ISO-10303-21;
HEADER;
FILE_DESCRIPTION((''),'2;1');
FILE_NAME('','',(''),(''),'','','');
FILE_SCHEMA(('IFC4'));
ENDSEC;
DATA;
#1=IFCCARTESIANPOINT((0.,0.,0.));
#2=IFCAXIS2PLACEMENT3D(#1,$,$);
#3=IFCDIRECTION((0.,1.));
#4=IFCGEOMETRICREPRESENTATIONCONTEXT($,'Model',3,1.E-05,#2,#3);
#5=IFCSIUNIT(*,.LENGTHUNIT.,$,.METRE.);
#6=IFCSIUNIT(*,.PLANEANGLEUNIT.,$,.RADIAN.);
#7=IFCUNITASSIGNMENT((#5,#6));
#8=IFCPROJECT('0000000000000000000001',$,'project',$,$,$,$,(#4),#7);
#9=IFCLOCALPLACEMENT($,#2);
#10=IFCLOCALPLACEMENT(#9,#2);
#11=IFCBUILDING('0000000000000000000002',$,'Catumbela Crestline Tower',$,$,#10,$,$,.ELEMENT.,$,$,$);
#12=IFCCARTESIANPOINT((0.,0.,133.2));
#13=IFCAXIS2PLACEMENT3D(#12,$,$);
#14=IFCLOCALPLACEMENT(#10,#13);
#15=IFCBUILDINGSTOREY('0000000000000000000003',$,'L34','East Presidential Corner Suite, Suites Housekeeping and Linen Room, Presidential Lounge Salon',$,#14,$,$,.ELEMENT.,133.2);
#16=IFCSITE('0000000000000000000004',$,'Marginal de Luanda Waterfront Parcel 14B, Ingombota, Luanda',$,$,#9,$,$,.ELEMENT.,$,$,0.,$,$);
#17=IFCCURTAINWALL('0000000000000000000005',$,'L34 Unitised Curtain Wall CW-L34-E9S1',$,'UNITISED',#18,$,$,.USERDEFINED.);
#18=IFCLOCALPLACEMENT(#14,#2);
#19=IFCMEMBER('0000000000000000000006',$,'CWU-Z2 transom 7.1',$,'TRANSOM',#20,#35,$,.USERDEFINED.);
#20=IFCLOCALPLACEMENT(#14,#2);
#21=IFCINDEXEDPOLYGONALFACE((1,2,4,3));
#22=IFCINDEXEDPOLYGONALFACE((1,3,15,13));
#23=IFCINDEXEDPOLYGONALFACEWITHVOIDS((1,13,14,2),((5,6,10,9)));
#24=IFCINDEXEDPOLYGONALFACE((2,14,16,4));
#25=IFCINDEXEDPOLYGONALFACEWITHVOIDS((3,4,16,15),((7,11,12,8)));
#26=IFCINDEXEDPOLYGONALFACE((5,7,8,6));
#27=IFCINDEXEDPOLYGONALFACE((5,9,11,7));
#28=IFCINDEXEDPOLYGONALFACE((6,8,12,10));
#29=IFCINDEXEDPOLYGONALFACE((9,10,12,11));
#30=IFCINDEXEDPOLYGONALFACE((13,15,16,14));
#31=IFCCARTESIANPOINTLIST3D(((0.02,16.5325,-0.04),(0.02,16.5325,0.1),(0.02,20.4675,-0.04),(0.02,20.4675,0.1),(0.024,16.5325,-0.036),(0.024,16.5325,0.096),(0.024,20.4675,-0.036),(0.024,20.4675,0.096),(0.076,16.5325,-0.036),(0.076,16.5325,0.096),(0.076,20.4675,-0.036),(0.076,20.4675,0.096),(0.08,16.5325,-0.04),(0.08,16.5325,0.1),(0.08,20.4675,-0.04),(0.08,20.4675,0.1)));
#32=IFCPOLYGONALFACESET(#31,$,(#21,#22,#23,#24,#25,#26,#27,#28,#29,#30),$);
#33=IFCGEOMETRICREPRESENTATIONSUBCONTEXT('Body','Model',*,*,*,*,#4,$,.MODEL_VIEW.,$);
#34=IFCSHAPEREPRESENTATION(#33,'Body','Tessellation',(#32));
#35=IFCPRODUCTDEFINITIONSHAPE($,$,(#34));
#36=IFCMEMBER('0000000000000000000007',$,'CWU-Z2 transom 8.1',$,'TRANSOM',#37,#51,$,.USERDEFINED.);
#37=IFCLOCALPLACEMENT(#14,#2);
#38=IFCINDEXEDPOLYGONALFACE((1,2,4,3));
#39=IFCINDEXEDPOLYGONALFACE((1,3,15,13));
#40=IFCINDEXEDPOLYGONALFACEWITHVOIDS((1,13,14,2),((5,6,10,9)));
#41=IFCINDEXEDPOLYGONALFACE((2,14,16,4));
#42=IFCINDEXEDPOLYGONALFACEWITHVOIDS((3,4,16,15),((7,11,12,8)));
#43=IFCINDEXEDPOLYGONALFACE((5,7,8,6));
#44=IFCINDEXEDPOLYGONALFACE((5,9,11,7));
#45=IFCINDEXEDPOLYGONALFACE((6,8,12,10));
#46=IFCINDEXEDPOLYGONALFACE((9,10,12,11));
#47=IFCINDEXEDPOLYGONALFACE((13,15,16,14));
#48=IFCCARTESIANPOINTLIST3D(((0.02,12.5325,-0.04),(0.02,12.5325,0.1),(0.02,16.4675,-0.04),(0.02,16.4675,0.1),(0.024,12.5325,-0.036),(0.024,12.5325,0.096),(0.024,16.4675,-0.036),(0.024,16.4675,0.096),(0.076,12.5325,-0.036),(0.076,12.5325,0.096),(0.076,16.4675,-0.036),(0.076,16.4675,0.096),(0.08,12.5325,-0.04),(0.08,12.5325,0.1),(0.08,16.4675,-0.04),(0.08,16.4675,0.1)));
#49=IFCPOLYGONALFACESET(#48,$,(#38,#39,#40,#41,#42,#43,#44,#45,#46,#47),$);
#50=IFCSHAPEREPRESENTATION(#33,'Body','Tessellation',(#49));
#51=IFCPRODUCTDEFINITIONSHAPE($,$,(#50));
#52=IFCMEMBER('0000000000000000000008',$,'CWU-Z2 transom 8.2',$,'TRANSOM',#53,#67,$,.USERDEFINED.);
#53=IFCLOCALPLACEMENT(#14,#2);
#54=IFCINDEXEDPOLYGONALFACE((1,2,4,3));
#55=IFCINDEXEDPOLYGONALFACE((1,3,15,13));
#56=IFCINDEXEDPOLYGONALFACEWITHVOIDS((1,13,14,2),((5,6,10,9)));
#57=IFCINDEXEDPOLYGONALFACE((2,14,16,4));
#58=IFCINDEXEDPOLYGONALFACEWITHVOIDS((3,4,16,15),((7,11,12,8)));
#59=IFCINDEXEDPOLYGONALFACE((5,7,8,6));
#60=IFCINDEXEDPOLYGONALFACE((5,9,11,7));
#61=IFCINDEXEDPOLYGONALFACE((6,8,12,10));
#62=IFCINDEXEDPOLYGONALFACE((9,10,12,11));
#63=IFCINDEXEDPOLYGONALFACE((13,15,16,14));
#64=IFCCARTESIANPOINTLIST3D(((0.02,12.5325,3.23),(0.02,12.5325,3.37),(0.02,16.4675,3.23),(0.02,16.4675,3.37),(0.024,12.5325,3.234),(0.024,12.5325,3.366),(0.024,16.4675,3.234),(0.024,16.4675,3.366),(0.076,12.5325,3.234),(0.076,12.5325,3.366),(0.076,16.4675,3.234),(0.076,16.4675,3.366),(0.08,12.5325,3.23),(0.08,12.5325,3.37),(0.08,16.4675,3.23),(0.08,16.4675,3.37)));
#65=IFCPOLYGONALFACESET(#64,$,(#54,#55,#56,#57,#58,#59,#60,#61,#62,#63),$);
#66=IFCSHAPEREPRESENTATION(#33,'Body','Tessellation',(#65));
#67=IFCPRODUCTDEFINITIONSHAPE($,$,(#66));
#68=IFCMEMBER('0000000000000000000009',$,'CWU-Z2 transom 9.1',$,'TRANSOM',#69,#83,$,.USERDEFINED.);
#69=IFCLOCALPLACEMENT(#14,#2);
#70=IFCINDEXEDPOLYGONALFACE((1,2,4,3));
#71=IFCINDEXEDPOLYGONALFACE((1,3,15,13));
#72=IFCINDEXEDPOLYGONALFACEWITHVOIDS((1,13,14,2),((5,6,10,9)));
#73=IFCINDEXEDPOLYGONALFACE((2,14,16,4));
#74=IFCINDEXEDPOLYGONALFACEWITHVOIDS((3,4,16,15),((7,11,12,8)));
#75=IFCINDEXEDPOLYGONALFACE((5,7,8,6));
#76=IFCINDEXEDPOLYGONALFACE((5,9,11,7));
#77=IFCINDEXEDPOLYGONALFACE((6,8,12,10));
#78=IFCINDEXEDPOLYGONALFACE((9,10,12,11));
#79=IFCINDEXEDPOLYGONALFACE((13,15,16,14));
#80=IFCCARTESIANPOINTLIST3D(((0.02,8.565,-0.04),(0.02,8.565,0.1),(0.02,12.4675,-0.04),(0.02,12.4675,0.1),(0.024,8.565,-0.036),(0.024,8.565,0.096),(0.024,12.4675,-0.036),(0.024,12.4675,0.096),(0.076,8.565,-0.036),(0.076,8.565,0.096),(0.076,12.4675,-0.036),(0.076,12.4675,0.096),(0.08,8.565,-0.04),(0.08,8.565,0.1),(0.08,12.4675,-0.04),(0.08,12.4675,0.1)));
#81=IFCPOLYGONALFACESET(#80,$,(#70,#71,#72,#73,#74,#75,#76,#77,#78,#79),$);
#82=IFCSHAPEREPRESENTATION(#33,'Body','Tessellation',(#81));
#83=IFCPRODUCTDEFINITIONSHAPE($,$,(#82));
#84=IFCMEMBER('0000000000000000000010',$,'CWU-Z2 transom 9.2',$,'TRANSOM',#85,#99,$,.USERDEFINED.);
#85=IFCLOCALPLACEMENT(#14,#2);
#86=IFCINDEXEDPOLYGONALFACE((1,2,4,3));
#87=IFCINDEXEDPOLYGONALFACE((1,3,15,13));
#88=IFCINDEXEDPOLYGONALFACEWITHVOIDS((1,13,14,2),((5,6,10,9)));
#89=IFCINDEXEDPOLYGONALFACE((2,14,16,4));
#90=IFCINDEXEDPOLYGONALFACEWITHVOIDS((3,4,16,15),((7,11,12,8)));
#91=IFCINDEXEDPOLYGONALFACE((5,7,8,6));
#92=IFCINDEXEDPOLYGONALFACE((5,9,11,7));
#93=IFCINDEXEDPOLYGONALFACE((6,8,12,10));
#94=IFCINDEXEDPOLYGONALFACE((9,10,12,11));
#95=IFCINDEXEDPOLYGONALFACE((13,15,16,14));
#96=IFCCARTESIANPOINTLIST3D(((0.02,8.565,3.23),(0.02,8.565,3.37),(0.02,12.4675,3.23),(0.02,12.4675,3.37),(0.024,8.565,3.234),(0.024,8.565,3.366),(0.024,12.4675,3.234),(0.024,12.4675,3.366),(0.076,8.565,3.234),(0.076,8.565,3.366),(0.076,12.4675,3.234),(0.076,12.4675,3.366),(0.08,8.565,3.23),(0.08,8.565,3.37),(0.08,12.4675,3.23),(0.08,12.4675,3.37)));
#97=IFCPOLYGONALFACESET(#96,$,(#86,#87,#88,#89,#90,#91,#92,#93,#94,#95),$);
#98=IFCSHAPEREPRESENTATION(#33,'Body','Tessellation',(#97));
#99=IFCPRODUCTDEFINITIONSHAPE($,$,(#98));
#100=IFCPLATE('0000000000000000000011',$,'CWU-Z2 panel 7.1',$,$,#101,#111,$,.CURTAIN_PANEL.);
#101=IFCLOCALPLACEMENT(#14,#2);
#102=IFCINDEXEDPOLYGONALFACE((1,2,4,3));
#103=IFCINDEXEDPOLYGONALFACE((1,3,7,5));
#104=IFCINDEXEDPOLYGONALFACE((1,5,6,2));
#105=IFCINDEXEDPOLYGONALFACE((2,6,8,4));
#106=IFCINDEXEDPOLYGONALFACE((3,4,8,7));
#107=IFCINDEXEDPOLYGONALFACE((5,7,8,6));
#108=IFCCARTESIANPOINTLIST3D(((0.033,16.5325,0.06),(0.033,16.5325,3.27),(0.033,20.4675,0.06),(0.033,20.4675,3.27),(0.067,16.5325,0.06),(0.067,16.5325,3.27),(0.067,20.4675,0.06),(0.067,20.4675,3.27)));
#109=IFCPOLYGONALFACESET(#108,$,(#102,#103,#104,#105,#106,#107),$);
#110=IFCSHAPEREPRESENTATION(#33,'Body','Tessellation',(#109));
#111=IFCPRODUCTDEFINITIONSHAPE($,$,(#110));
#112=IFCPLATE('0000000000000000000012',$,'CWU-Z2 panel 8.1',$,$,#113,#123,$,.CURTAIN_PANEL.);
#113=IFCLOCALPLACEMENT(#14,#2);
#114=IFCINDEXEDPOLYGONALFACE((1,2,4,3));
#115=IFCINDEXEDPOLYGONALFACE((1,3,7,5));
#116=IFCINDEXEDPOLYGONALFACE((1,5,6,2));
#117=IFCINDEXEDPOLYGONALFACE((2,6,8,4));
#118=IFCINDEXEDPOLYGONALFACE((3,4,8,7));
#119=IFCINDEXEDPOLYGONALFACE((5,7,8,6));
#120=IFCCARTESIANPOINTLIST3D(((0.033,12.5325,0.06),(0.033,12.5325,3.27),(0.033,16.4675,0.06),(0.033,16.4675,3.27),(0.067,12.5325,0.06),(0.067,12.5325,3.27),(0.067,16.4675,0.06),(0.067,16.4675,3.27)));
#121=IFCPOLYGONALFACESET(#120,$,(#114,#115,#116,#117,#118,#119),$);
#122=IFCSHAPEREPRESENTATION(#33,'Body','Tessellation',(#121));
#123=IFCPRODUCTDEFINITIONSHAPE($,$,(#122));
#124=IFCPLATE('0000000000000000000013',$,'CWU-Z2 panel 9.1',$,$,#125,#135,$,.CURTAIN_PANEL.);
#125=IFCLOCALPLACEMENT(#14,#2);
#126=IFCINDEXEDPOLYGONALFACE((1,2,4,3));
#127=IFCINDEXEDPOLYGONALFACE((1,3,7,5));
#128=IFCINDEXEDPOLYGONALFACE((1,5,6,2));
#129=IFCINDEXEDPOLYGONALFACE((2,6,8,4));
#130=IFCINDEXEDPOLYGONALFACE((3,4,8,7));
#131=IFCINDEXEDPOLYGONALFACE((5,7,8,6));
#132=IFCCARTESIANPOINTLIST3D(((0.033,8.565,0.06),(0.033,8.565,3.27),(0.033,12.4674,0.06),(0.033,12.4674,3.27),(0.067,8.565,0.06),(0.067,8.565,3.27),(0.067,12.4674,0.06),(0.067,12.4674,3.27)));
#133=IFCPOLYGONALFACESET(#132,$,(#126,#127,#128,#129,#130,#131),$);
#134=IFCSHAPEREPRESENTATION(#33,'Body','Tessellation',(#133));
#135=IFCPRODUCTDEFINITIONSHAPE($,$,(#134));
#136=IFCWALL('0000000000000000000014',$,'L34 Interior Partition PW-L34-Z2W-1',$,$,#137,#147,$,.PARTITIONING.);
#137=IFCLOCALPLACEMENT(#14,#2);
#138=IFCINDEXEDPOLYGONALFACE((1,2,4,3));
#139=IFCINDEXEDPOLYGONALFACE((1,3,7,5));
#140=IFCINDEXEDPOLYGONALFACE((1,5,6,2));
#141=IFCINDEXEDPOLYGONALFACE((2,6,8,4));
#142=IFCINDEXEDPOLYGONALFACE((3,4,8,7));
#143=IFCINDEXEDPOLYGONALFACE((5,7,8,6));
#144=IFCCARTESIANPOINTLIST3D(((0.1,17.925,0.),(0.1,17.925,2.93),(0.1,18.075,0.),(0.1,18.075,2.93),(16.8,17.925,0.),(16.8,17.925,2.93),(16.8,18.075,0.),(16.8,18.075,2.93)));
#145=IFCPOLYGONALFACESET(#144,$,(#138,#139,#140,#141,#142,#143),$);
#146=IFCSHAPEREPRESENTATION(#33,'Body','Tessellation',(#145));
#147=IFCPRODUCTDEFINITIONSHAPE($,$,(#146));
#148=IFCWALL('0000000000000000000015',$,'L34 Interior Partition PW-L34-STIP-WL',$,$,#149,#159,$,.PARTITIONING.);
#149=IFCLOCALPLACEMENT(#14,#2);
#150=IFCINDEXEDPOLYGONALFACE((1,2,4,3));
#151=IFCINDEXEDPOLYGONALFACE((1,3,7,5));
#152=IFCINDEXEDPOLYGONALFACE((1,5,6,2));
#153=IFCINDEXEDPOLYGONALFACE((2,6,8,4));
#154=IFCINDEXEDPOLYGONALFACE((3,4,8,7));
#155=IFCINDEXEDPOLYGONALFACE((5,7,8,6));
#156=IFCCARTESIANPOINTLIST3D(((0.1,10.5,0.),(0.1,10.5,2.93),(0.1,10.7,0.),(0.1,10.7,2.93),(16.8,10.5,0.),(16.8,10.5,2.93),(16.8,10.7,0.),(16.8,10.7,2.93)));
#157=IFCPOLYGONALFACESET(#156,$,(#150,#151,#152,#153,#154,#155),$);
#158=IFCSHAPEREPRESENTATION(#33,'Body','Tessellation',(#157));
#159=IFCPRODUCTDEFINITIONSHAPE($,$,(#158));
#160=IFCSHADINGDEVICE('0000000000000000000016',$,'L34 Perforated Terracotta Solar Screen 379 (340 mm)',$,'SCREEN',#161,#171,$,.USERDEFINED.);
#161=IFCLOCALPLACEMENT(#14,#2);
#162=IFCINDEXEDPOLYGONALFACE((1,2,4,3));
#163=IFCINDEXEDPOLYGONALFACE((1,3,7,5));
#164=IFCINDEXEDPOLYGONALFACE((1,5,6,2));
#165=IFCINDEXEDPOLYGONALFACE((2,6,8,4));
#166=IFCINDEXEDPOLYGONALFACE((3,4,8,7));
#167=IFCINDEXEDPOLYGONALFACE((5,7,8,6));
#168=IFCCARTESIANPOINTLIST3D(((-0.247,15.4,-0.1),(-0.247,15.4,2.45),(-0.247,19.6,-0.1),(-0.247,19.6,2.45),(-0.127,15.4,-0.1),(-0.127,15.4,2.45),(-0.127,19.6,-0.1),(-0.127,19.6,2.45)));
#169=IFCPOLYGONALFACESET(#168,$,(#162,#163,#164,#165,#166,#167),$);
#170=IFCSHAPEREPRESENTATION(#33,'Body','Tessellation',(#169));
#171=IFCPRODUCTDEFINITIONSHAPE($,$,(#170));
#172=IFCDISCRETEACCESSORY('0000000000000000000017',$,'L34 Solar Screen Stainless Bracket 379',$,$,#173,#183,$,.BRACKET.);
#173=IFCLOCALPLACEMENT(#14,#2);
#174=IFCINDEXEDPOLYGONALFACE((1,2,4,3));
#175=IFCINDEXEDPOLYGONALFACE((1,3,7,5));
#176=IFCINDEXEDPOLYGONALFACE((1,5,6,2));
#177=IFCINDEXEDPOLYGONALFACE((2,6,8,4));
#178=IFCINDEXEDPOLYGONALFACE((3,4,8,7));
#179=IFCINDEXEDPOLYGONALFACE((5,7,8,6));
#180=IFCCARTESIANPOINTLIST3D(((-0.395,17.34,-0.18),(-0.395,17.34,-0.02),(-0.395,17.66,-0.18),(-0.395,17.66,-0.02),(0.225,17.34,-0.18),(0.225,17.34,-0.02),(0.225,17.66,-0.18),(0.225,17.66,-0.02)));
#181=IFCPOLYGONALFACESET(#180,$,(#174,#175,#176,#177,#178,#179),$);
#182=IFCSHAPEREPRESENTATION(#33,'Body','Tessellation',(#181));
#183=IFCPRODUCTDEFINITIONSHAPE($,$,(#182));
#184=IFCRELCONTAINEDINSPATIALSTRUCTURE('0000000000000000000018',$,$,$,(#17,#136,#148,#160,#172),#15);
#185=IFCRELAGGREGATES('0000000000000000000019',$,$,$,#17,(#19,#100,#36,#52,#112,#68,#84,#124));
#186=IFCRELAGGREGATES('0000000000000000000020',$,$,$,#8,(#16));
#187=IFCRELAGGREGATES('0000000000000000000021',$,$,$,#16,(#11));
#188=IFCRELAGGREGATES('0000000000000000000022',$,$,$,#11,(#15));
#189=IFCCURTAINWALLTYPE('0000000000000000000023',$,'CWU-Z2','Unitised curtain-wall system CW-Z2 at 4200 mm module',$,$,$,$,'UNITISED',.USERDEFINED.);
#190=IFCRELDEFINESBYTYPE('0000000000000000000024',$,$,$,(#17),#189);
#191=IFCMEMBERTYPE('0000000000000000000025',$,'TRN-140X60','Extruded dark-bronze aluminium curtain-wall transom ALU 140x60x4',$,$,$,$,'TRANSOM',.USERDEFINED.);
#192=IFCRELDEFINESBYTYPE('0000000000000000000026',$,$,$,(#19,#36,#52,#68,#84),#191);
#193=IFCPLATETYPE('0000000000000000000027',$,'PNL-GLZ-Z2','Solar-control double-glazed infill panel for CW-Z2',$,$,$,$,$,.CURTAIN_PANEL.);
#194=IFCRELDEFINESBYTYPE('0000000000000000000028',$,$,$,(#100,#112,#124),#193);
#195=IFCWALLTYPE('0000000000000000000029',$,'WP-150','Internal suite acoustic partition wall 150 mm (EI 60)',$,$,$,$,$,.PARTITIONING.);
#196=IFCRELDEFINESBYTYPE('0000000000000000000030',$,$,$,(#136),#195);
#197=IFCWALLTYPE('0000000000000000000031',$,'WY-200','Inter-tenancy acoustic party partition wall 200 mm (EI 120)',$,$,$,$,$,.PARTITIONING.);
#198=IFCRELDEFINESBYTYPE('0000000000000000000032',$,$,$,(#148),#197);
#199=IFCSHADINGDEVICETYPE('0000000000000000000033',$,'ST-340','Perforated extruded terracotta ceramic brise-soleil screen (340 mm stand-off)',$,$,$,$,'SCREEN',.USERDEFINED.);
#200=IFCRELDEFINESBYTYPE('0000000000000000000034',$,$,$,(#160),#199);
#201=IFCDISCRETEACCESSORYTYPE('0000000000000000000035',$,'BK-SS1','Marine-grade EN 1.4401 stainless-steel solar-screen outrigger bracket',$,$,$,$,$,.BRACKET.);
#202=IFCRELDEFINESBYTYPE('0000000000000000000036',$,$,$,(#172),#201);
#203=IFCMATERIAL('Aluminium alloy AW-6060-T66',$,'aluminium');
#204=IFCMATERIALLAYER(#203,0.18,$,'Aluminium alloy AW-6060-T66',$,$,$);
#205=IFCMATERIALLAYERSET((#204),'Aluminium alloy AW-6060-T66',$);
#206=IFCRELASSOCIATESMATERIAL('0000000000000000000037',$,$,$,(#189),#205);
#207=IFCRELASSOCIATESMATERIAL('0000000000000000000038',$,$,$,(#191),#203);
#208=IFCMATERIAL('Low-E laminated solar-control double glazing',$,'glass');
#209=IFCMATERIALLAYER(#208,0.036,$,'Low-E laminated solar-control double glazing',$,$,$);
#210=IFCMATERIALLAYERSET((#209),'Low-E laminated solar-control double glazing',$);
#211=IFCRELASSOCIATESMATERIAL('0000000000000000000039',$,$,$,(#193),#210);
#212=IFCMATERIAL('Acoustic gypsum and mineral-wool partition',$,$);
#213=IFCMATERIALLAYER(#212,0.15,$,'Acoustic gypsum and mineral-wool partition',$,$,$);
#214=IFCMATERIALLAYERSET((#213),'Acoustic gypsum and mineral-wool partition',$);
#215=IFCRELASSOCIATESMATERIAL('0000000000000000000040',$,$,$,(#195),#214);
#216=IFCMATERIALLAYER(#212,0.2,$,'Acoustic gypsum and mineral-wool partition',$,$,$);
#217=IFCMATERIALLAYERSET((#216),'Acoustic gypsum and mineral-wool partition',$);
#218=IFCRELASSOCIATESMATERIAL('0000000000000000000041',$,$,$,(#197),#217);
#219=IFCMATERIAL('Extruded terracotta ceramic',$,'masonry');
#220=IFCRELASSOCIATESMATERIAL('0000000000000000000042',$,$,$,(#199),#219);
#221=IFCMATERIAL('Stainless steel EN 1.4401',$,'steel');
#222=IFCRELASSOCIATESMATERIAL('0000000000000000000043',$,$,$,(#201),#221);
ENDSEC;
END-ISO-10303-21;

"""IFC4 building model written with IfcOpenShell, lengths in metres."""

from ifc_helpers import new_model, si_unit, direction, frame, frame_2d, origin, origin_2d, place, context, subcontext, project, spatial, rectangle, hollow_rectangle, extrude, material, layer, layer_set, material_profile, profile_set, type_object, element, aggregate, save


model = new_model("IFC4")

# Units and contexts
model_context = context("Model", 3, precision=1e-05, world=origin(), true_north=direction((0.0, 1.0)))
body_context = subcontext(model_context, "Body", "Model", "MODEL_VIEW")
ifc_project = project(units=[si_unit("LENGTHUNIT", "METRE"), si_unit("PLANEANGLEUNIT", "RADIAN")], contexts=[model_context])

# Site, building, storey
site_placement = place(None, origin())
site = spatial("IfcSite", under=ifc_project, at=site_placement, Name="Marginal de Luanda Waterfront Parcel 14B, Ingombota, Luanda", CompositionType="ELEMENT", RefElevation=0.0)
building_placement = place(site_placement, origin())
building = spatial("IfcBuilding", under=site, at=building_placement, Name="Catumbela Crestline Tower", CompositionType="ELEMENT")
storey_placement = place(building_placement, frame((0.0, 0.0, 133.2)))
storey = spatial("IfcBuildingStorey", under=building, at=storey_placement, Name="L34", Description="East Presidential Corner Suite, Suites Housekeeping and Linen Room, Presidential Lounge Salon", CompositionType="ELEMENT", Elevation=133.2)

# Curtain wall
ifc_material_1 = material(Name="Aluminium alloy AW-6060-T66", Category="aluminium")
ifc_layer_1 = layer(ifc_material_1, 0.18, Name="Aluminium alloy AW-6060-T66")
ifc_layer_set_1 = layer_set([ifc_layer_1], Name="Aluminium alloy AW-6060-T66")
curtain_wall_type = type_object("IfcCurtainWallType", Name="CWU-Z2", Description="Unitised curtain-wall system CW-Z2 at 4200 mm module", ElementType="UNITISED", PredefinedType="USERDEFINED", material=ifc_layer_set_1)
curtain_wall_placement = place(storey_placement, origin())
curtain_wall = element("IfcCurtainWall", 1, at=curtain_wall_placement, inside=storey, type_object=curtain_wall_type, Name="L34 Unitised Curtain Wall CW-L34-E9S1", ObjectType="UNITISED", PredefinedType="USERDEFINED")

# Members
ifc_material_profile_1 = material_profile(ifc_material_1, hollow_rectangle(XDim=0.06, YDim=0.14, WallThickness=0.004, at=origin_2d()), Name="ALU 140x60x4")
ifc_profile_set_1 = profile_set([ifc_material_profile_1], Name="Aluminium alloy AW-6060-T66")
member_type_1 = type_object("IfcMemberType", Name="TRN-140X60", Description="Extruded dark-bronze aluminium curtain-wall transom ALU 140x60x4", ElementType="TRANSOM", PredefinedType="USERDEFINED", material=ifc_profile_set_1)
member_1_placement = place(storey_placement, frame((0.05, 20.4675, 0.03), z_axis=(0.0, -1.0, 0.0), x_axis=(1.0, 0.0, 0.0)))
member_1 = element("IfcMember", 2, at=member_1_placement, type_object=member_type_1, Name="CWU-Z2 transom 7.1", ObjectType="TRANSOM", PredefinedType="USERDEFINED", context=body_context, shape_type="SweptSolid", body=[
    extrude(hollow_rectangle(XDim=0.06, YDim=0.14, WallThickness=0.004, at=origin_2d()), origin(), (0.0, 0.0, 1.0), 3.935),
])
member_2_placement = place(storey_placement, frame((0.05, 16.4675, 0.03), z_axis=(0.0, -1.0, 0.0), x_axis=(1.0, 0.0, 0.0)))
member_2 = element("IfcMember", 3, at=member_2_placement, type_object=member_type_1, Name="CWU-Z2 transom 8.1", ObjectType="TRANSOM", PredefinedType="USERDEFINED", context=body_context, shape_type="SweptSolid", body=[
    extrude(hollow_rectangle(XDim=0.06, YDim=0.14, WallThickness=0.004, at=origin_2d()), origin(), (0.0, 0.0, 1.0), 3.935),
])
member_3_placement = place(storey_placement, frame((0.05, 16.4675, 3.3), z_axis=(0.0, -1.0, 0.0), x_axis=(1.0, 0.0, 0.0)))
member_3 = element("IfcMember", 4, at=member_3_placement, type_object=member_type_1, Name="CWU-Z2 transom 8.2", ObjectType="TRANSOM", PredefinedType="USERDEFINED", context=body_context, shape_type="SweptSolid", body=[
    extrude(hollow_rectangle(XDim=0.06, YDim=0.14, WallThickness=0.004, at=origin_2d()), origin(), (0.0, 0.0, 1.0), 3.935),
])
member_4_placement = place(storey_placement, frame((0.05, 12.4675, 0.03), z_axis=(0.0, -1.0, 0.0), x_axis=(1.0, 0.0, 0.0)))
member_4 = element("IfcMember", 5, at=member_4_placement, type_object=member_type_1, Name="CWU-Z2 transom 9.1", ObjectType="TRANSOM", PredefinedType="USERDEFINED", context=body_context, shape_type="SweptSolid", body=[
    extrude(hollow_rectangle(XDim=0.06, YDim=0.14, WallThickness=0.004, at=origin_2d()), origin(), (0.0, 0.0, 1.0), 3.9025),
])
member_5_placement = place(storey_placement, frame((0.05, 12.4675, 3.3), z_axis=(0.0, -1.0, 0.0), x_axis=(1.0, 0.0, 0.0)))
member_5 = element("IfcMember", 6, at=member_5_placement, type_object=member_type_1, Name="CWU-Z2 transom 9.2", ObjectType="TRANSOM", PredefinedType="USERDEFINED", context=body_context, shape_type="SweptSolid", body=[
    extrude(hollow_rectangle(XDim=0.06, YDim=0.14, WallThickness=0.004, at=origin_2d()), origin(), (0.0, 0.0, 1.0), 3.9025),
])

# Plates
ifc_material_2 = material(Name="Low-E laminated solar-control double glazing", Category="glass")
ifc_layer_2 = layer(ifc_material_2, 0.036, Name="Low-E laminated solar-control double glazing")
ifc_layer_set_2 = layer_set([ifc_layer_2], Name="Low-E laminated solar-control double glazing")
plate_type = type_object("IfcPlateType", Name="PNL-GLZ-Z2", Description="Solar-control double-glazed infill panel for CW-Z2", PredefinedType="CURTAIN_PANEL", material=ifc_layer_set_2)
plate_1_placement = place(storey_placement, frame((0.05, 18.5, 0.06), z_axis=(0.0, 0.0, 1.0), x_axis=(0.0, -1.0, 0.0)))
plate_1 = element("IfcPlate", 7, at=plate_1_placement, type_object=plate_type, Name="CWU-Z2 panel 7.1", PredefinedType="CURTAIN_PANEL", context=body_context, shape_type="SweptSolid", body=[
    extrude(rectangle(XDim=3.935, YDim=0.034, at=origin_2d()), origin(), (0.0, 0.0, 1.0), 3.21),
])
plate_2_placement = place(storey_placement, frame((0.05, 14.5, 0.06), z_axis=(0.0, 0.0, 1.0), x_axis=(0.0, -1.0, 0.0)))
plate_2 = element("IfcPlate", 8, at=plate_2_placement, type_object=plate_type, Name="CWU-Z2 panel 8.1", PredefinedType="CURTAIN_PANEL", context=body_context, shape_type="SweptSolid", body=[
    extrude(rectangle(XDim=3.935, YDim=0.034, at=origin_2d()), origin(), (0.0, 0.0, 1.0), 3.21),
])
plate_3_placement = place(storey_placement, frame((0.05, 10.5162, 0.06), z_axis=(0.0, 0.0, 1.0), x_axis=(0.0, -1.0, 0.0)))
plate_3 = element("IfcPlate", 9, at=plate_3_placement, type_object=plate_type, Name="CWU-Z2 panel 9.1", PredefinedType="CURTAIN_PANEL", context=body_context, shape_type="SweptSolid", body=[
    extrude(rectangle(XDim=3.9025, YDim=0.034, at=origin_2d()), origin(), (0.0, 0.0, 1.0), 3.21),
])
aggregate(curtain_wall, [member_1, plate_1, member_2, member_3, plate_2, member_4, member_5, plate_3])

# Walls
ifc_material_3 = material(Name="Acoustic gypsum and mineral-wool partition")
ifc_layer_3 = layer(ifc_material_3, 0.15, Name="Acoustic gypsum and mineral-wool partition")
ifc_layer_set_3 = layer_set([ifc_layer_3], Name="Acoustic gypsum and mineral-wool partition")
wall_type_1 = type_object("IfcWallType", Name="WP-150", Description="Internal suite acoustic partition wall 150 mm (EI 60)", PredefinedType="PARTITIONING", material=ifc_layer_set_3)
wall_1_placement = place(storey_placement, frame((0.1, 18.0, 0.0), z_axis=(0.0, 0.0, 1.0), x_axis=(1.0, 0.0, 0.0)))
element("IfcWall", 10, at=wall_1_placement, inside=storey, type_object=wall_type_1, Name="L34 Interior Partition PW-L34-Z2W-1", PredefinedType="PARTITIONING", context=body_context, shape_type="SweptSolid", body=[
    extrude(rectangle(XDim=16.7, YDim=0.15, at=frame_2d((8.35, 0.0))), origin(), (0.0, 0.0, 1.0), 2.93),
])
ifc_layer_4 = layer(ifc_material_3, 0.2, Name="Acoustic gypsum and mineral-wool partition")
ifc_layer_set_4 = layer_set([ifc_layer_4], Name="Acoustic gypsum and mineral-wool partition")
wall_type_2 = type_object("IfcWallType", Name="WY-200", Description="Inter-tenancy acoustic party partition wall 200 mm (EI 120)", PredefinedType="PARTITIONING", material=ifc_layer_set_4)
wall_2_placement = place(storey_placement, frame((0.1, 10.6, 0.0), z_axis=(0.0, 0.0, 1.0), x_axis=(1.0, 0.0, 0.0)))
element("IfcWall", 11, at=wall_2_placement, inside=storey, type_object=wall_type_2, Name="L34 Interior Partition PW-L34-STIP-WL", PredefinedType="PARTITIONING", context=body_context, shape_type="SweptSolid", body=[
    extrude(rectangle(XDim=16.7, YDim=0.2, at=frame_2d((8.35, 0.0))), origin(), (0.0, 0.0, 1.0), 2.93),
])

# Shading device
ifc_material_4 = material(Name="Extruded terracotta ceramic", Category="masonry")
shading_device_type = type_object("IfcShadingDeviceType", Name="ST-340", Description="Perforated extruded terracotta ceramic brise-soleil screen (340 mm stand-off)", ElementType="SCREEN", PredefinedType="USERDEFINED", material=ifc_material_4)
shading_device_placement = place(storey_placement, frame((-0.187, 17.5, -0.1), z_axis=(0.0, 0.0, 1.0), x_axis=(0.0, -1.0, 0.0)))
element("IfcShadingDevice", 12, at=shading_device_placement, inside=storey, type_object=shading_device_type, Name="L34 Perforated Terracotta Solar Screen 379 (340 mm)", ObjectType="SCREEN", PredefinedType="USERDEFINED", context=body_context, shape_type="SweptSolid", body=[
    extrude(rectangle(XDim=4.2, YDim=0.12, at=origin_2d()), origin(), (0.0, 0.0, 1.0), 2.55),
])

# Discrete accessory
ifc_material_5 = material(Name="Stainless steel EN 1.4401", Category="steel")
discrete_accessory_type = type_object("IfcDiscreteAccessoryType", Name="BK-SS1", Description="Marine-grade EN 1.4401 stainless-steel solar-screen outrigger bracket", PredefinedType="BRACKET", material=ifc_material_5)
discrete_accessory_placement = place(storey_placement, frame((-0.085, 17.5, -0.18), z_axis=(0.0, 0.0, 1.0), x_axis=(0.0, -1.0, 0.0)))
element("IfcDiscreteAccessory", 13, at=discrete_accessory_placement, inside=storey, type_object=discrete_accessory_type, Name="L34 Solar Screen Stainless Bracket 379", PredefinedType="BRACKET", context=body_context, shape_type="SweptSolid", body=[
    extrude(rectangle(XDim=0.32, YDim=0.62, at=origin_2d()), origin(), (0.0, 0.0, 1.0), 0.16),
])

save(model, "model.ifc")
